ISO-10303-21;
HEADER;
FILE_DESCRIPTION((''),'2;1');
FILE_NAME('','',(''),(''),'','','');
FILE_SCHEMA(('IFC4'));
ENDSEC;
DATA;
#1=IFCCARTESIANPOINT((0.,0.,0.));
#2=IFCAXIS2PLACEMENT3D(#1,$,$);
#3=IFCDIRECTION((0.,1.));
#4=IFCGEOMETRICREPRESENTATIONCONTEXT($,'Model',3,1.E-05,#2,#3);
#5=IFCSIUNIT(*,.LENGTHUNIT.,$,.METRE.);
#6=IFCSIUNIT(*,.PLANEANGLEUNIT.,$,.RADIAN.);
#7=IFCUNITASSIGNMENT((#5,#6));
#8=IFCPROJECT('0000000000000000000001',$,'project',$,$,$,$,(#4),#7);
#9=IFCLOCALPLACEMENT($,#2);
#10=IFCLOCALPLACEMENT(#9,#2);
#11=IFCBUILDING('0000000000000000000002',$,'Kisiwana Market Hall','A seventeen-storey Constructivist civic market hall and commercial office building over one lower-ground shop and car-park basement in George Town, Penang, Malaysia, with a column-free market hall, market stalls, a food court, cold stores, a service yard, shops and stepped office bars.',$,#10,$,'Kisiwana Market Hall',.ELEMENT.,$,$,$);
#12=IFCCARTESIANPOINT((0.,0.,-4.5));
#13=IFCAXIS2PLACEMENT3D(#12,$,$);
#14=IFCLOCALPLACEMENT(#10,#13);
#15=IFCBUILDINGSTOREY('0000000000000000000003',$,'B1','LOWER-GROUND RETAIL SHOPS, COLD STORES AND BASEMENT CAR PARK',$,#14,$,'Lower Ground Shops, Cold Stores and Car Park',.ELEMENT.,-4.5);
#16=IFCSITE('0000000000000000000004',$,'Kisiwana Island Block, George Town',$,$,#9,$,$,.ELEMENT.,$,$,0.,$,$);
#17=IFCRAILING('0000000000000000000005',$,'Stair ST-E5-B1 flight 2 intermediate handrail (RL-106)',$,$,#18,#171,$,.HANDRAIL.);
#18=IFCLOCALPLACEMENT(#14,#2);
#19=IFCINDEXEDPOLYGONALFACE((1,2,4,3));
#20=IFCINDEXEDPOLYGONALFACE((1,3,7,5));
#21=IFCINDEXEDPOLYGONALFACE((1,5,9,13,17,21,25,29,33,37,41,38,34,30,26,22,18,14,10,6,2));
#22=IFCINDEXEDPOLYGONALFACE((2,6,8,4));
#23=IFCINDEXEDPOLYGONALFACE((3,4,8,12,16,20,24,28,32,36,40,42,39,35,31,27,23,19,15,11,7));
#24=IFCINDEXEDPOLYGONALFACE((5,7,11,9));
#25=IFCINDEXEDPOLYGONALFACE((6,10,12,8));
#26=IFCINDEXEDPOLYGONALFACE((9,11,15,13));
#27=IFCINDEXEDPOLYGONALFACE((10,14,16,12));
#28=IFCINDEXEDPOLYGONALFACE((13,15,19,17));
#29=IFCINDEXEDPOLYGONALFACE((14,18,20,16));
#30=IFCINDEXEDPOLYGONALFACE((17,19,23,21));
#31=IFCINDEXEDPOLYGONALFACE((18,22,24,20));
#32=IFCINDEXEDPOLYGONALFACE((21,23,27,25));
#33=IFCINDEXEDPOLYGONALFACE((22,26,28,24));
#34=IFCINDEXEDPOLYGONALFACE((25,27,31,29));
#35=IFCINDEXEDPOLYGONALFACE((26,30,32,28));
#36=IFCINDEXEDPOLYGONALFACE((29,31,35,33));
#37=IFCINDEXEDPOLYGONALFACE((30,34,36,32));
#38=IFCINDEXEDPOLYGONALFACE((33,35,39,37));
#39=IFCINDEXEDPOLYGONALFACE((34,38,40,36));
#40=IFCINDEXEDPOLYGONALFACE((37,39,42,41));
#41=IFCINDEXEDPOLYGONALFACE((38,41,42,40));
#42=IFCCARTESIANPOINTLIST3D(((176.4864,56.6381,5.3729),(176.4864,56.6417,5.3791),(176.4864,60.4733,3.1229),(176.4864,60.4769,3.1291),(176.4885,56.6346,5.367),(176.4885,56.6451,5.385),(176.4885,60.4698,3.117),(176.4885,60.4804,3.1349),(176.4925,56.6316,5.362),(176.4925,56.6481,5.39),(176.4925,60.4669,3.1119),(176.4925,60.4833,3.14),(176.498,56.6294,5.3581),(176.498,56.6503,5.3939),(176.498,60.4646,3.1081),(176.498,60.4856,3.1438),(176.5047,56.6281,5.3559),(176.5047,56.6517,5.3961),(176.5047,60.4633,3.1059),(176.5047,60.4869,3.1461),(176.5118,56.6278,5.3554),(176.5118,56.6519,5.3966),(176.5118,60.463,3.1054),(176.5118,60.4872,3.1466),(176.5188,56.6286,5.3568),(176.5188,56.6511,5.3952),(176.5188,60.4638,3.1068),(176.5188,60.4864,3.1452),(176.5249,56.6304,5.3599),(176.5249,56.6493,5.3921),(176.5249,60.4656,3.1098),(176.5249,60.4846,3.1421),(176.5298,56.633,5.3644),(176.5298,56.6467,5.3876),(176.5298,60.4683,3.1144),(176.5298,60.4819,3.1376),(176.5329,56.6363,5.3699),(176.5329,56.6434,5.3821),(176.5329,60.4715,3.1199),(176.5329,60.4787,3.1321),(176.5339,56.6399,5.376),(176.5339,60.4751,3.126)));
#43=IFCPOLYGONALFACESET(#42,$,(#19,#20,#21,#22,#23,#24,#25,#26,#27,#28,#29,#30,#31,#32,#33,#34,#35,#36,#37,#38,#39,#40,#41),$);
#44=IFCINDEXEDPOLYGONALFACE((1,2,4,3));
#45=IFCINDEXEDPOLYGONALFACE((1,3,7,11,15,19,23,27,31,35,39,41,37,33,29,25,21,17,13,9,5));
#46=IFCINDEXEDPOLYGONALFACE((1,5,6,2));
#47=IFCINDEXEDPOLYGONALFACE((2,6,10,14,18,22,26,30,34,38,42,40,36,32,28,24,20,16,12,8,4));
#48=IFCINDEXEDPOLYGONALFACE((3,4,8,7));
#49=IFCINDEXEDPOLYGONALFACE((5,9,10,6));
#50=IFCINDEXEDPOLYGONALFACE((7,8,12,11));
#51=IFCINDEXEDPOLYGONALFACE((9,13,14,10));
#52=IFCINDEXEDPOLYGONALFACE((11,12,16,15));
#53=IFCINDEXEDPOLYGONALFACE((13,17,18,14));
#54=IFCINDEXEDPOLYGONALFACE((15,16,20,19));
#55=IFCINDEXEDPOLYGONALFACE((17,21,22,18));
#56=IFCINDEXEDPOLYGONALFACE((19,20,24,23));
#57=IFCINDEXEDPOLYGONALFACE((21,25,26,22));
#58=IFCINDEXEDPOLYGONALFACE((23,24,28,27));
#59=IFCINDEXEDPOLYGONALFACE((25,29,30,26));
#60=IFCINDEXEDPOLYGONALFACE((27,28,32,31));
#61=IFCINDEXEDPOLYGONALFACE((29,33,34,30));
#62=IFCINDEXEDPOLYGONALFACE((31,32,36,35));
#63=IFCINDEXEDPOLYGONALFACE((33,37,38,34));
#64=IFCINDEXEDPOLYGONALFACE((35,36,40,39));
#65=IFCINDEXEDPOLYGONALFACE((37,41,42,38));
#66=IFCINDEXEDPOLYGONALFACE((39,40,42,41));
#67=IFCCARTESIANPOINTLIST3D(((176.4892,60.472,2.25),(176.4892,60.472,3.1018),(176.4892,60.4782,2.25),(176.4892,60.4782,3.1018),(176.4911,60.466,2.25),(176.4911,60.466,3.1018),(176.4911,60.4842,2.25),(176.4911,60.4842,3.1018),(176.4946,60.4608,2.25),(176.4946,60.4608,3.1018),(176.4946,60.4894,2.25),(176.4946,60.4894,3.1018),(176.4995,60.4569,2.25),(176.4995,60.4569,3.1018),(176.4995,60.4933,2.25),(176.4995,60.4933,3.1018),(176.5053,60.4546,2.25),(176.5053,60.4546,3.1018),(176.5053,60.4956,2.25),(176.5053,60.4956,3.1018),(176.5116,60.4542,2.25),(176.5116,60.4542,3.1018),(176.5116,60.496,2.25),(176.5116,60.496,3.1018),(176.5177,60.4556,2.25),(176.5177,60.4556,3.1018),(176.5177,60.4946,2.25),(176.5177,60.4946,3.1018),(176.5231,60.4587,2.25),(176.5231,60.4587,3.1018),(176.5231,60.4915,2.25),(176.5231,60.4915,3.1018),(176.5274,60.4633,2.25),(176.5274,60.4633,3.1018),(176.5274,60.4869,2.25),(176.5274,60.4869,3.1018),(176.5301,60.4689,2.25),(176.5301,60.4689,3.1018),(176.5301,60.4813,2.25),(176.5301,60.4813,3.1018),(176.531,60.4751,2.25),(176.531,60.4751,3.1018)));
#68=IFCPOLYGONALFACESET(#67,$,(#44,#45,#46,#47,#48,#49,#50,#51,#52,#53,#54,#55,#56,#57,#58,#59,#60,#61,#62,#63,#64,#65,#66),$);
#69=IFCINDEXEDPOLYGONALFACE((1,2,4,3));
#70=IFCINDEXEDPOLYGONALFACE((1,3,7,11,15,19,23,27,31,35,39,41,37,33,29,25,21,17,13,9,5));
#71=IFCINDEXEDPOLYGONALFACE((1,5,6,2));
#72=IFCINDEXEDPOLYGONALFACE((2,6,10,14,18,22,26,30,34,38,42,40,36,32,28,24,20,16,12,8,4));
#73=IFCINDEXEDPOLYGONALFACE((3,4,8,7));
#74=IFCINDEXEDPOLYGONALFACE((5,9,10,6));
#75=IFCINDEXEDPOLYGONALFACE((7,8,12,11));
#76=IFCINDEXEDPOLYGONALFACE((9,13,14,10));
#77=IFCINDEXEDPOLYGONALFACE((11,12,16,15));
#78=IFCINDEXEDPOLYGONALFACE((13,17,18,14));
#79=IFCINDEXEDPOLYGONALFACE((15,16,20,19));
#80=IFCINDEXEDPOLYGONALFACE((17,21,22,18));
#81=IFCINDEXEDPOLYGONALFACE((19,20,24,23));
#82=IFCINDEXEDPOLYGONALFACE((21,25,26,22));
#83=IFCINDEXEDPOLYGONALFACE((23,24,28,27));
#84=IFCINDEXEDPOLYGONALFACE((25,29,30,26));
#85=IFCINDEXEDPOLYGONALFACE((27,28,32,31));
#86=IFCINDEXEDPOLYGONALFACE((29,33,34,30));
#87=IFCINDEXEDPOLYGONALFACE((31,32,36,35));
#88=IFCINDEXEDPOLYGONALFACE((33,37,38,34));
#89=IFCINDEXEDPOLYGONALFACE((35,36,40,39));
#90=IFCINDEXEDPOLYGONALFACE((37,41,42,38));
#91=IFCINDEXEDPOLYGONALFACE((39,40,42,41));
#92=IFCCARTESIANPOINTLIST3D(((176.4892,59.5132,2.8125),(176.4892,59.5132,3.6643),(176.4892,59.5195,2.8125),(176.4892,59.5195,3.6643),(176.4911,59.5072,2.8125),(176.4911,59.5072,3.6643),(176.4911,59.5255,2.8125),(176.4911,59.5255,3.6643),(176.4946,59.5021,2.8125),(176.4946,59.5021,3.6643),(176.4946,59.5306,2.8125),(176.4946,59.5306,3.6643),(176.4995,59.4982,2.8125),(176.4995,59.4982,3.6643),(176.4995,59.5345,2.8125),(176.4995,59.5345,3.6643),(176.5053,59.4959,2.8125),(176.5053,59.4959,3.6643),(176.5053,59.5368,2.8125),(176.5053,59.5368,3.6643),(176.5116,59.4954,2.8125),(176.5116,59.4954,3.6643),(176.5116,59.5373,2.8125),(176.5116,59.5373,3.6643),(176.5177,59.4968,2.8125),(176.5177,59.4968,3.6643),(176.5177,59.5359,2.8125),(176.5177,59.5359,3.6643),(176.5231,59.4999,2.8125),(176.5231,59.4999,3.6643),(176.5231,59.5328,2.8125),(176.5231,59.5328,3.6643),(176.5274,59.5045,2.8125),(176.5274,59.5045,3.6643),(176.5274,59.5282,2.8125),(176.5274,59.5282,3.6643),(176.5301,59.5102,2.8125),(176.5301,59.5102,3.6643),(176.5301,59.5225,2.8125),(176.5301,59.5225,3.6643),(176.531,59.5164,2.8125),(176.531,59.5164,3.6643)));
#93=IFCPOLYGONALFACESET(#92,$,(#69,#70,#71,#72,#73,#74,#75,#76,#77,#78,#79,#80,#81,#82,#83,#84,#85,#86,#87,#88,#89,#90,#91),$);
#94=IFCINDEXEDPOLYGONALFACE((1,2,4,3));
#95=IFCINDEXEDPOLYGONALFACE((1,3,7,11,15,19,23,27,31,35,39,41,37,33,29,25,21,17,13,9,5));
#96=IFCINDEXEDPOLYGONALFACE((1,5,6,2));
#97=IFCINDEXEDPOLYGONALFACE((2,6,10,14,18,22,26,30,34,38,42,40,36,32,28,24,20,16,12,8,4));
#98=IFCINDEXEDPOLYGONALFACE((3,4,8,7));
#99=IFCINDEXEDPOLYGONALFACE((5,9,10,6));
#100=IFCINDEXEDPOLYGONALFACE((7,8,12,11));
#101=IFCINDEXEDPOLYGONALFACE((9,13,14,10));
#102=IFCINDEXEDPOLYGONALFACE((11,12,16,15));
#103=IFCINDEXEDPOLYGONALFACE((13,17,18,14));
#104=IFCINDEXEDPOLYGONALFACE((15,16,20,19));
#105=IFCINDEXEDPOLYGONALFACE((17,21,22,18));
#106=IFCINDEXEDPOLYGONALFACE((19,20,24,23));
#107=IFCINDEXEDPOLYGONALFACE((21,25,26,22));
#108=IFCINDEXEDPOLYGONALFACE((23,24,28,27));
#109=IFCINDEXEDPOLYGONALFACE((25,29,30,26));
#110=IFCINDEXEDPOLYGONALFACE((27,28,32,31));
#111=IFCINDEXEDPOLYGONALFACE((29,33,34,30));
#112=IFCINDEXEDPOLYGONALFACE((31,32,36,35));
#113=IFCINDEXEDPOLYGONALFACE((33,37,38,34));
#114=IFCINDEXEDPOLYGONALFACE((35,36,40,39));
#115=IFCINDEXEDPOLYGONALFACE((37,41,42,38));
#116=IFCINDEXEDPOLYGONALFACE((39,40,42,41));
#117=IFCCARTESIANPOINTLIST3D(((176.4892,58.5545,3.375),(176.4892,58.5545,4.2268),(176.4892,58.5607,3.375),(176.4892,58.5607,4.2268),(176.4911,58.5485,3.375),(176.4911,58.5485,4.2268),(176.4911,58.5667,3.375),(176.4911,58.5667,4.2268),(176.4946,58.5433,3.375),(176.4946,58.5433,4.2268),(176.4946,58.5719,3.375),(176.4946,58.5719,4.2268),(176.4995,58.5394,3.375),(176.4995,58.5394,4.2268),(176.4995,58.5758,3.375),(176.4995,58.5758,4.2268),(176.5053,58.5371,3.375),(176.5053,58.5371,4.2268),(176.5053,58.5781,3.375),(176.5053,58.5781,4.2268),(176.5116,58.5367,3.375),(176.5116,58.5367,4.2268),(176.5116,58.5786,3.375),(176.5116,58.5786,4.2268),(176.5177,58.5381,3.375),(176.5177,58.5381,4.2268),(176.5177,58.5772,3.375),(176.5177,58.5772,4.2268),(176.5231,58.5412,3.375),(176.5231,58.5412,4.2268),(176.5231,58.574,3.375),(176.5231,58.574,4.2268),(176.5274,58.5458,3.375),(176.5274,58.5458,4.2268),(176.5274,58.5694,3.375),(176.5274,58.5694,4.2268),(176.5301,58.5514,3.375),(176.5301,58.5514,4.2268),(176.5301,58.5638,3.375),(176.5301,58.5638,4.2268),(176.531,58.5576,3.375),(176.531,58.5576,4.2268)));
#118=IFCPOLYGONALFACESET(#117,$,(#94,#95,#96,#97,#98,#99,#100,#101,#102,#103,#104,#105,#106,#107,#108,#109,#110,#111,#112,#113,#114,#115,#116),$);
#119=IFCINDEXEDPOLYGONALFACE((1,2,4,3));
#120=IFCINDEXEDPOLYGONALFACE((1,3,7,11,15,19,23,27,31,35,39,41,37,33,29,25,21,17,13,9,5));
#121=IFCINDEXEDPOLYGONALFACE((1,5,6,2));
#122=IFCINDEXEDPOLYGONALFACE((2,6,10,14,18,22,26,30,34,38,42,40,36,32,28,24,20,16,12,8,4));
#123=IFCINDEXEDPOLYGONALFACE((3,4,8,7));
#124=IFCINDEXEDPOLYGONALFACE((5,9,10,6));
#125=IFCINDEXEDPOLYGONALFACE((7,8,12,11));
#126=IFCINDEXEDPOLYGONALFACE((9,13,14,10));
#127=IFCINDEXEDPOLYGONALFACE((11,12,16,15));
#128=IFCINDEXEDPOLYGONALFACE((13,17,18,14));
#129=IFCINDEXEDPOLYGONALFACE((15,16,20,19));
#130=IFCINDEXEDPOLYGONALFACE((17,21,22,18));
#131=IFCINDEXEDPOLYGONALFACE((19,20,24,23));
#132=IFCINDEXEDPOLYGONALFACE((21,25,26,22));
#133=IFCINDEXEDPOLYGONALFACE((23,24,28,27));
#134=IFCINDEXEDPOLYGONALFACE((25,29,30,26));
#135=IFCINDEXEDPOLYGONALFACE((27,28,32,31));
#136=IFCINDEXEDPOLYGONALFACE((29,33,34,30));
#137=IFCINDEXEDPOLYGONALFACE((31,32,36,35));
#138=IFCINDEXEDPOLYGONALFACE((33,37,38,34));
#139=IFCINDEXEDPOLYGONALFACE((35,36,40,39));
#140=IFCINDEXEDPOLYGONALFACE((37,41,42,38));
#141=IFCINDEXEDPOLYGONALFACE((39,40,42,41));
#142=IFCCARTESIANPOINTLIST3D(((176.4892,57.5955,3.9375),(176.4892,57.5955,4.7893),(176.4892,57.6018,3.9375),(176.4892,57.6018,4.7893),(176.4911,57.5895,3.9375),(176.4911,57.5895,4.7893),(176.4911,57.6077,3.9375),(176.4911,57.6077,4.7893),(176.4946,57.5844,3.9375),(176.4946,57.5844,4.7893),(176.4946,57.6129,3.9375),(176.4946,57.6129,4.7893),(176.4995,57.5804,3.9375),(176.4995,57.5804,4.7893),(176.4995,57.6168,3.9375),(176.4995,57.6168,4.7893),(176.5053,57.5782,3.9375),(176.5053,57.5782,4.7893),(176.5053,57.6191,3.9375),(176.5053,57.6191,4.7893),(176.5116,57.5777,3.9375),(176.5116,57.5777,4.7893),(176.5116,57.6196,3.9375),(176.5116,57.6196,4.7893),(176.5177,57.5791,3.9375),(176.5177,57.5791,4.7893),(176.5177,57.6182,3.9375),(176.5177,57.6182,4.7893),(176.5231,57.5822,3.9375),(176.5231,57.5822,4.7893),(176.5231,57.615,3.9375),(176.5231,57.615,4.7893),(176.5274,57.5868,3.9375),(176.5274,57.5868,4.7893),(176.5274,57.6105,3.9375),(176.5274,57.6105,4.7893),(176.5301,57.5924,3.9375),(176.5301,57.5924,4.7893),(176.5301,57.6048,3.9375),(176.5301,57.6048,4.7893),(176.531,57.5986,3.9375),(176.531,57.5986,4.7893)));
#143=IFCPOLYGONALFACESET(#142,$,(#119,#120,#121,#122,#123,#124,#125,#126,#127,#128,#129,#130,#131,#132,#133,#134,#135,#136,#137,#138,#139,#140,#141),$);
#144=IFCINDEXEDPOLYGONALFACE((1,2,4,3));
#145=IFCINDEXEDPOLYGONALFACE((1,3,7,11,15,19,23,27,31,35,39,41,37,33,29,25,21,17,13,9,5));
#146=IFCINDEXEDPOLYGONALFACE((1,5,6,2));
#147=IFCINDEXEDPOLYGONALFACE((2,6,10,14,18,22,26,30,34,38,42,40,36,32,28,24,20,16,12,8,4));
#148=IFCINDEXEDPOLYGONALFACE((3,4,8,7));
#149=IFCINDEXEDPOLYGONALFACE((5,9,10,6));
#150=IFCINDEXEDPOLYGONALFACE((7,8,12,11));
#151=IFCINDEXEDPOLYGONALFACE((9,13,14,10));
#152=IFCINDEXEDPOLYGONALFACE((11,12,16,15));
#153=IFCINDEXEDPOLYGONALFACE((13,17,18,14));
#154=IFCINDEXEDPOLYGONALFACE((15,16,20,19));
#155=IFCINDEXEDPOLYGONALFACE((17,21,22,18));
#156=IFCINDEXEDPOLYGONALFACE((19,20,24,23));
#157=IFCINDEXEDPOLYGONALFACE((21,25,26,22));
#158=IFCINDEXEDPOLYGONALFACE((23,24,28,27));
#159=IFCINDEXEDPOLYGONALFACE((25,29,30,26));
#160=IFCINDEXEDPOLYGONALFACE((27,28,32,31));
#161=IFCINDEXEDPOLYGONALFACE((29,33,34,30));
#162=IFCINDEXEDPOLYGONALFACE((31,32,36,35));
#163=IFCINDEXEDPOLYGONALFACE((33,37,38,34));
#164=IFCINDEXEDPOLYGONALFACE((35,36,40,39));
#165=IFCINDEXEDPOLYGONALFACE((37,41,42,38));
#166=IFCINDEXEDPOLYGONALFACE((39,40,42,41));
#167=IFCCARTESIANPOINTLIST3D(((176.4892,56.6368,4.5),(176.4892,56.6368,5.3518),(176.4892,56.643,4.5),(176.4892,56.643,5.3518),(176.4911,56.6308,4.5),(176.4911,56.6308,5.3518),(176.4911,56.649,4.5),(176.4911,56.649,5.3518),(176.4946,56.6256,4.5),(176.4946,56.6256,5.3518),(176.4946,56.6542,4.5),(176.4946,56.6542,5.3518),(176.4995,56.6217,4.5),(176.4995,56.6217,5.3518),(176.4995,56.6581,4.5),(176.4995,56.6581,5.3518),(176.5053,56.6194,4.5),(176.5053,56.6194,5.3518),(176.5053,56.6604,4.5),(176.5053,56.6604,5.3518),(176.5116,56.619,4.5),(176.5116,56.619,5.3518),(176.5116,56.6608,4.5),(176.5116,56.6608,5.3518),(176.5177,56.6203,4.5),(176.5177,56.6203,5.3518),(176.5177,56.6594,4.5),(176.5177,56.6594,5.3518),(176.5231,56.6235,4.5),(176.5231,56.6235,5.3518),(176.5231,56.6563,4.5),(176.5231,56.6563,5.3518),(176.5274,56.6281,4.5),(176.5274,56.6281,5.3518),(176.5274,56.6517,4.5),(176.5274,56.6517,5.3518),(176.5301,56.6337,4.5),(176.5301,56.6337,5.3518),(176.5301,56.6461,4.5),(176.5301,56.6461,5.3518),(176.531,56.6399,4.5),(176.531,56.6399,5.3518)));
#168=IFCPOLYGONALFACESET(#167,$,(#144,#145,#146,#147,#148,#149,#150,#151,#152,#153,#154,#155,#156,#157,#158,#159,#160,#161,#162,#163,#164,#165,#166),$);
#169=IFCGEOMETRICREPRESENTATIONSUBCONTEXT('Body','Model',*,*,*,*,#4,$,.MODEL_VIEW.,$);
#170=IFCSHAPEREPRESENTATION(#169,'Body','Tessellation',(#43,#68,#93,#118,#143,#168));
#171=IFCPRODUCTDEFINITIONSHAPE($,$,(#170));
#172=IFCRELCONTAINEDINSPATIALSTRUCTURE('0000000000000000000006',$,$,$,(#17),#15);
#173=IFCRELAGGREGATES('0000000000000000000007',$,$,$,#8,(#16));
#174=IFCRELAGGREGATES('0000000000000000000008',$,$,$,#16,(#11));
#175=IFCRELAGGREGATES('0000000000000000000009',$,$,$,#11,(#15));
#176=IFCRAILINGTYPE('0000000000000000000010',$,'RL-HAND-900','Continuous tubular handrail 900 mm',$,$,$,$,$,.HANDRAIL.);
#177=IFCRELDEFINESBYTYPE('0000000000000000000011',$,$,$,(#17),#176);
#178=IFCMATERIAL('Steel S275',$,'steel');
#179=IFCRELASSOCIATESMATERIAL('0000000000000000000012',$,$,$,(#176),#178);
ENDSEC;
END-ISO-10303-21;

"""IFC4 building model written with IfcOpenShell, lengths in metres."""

from ifc_helpers import new_model, si_unit, direction, frame, origin, origin_2d, place, context, subcontext, project, spatial, circle, extrude, material, type_object, element, save


model = new_model("IFC4")

# Units and contexts
model_context = context("Model", 3, precision=1e-05, world=origin(), true_north=direction((0.0, 1.0)))
body_context = subcontext(model_context, "Body", "Model", "MODEL_VIEW")
ifc_project = project(units=[si_unit("LENGTHUNIT", "METRE"), si_unit("PLANEANGLEUNIT", "RADIAN")], contexts=[model_context])

# Site, building, storey
site_placement = place(None, origin())
site = spatial("IfcSite", under=ifc_project, at=site_placement, Name="Kisiwana Island Block, George Town", CompositionType="ELEMENT", RefElevation=0.0)
building_placement = place(site_placement, origin())
building = spatial("IfcBuilding", under=site, at=building_placement, Name="Kisiwana Market Hall", Description="A seventeen-storey Constructivist civic market hall and commercial office building over one lower-ground shop and car-park basement in George Town, Penang, Malaysia, with a column-free market hall, market stalls, a food court, cold stores, a service yard, shops and stepped office bars.", LongName="Kisiwana Market Hall", CompositionType="ELEMENT")
storey_placement = place(building_placement, frame((0.0, 0.0, -4.5)))
storey = spatial("IfcBuildingStorey", under=building, at=storey_placement, Name="B1", Description="LOWER-GROUND RETAIL SHOPS, COLD STORES AND BASEMENT CAR PARK", LongName="Lower Ground Shops, Cold Stores and Car Park", CompositionType="ELEMENT", Elevation=-4.5)

# Railing
ifc_material_1 = material(Name="Steel S275", Category="steel")
railing_type_1 = type_object("IfcRailingType", Name="RL-HAND-900", Description="Continuous tubular handrail 900 mm", PredefinedType="HANDRAIL", material=ifc_material_1)
for number, where, name in (
    (1, (176.51, 60.4751, 2.25), "Stair ST-E5-B1 flight 2 intermediate handrail (RL-106)"),
):
    element("IfcRailing", number, at=place(storey_placement, frame(where)), inside=storey, type_object=railing_type_1, Name=name, PredefinedType="HANDRAIL", context=body_context, shape_type="SweptSolid", body=[
        extrude(circle(Radius=0.0239, at=origin_2d()), frame((0.0, 0.0, 0.876), z_axis=(0.0, -0.862524, 0.506017), x_axis=(1.0, 0.0, 0.0)), (0.0, 0.0, 1.0), 4.4465),
        extrude(circle(Radius=0.021, at=origin_2d()), origin(), (0.0, 0.0, 1.0), 0.8518),
        extrude(circle(Radius=0.021, at=origin_2d()), frame((0.0, -0.9587, 0.5625)), (0.0, 0.0, 1.0), 0.8518),
        extrude(circle(Radius=0.021, at=origin_2d()), frame((0.0, -1.9175, 1.125)), (0.0, 0.0, 1.0), 0.8518),
        extrude(circle(Radius=0.021, at=origin_2d()), frame((0.0, -2.8765, 1.6875)), (0.0, 0.0, 1.0), 0.8518),
        extrude(circle(Radius=0.021, at=origin_2d()), frame((0.0, -3.8352, 2.25)), (0.0, 0.0, 1.0), 0.8518),
    ])

save(model, "model.ifc")
